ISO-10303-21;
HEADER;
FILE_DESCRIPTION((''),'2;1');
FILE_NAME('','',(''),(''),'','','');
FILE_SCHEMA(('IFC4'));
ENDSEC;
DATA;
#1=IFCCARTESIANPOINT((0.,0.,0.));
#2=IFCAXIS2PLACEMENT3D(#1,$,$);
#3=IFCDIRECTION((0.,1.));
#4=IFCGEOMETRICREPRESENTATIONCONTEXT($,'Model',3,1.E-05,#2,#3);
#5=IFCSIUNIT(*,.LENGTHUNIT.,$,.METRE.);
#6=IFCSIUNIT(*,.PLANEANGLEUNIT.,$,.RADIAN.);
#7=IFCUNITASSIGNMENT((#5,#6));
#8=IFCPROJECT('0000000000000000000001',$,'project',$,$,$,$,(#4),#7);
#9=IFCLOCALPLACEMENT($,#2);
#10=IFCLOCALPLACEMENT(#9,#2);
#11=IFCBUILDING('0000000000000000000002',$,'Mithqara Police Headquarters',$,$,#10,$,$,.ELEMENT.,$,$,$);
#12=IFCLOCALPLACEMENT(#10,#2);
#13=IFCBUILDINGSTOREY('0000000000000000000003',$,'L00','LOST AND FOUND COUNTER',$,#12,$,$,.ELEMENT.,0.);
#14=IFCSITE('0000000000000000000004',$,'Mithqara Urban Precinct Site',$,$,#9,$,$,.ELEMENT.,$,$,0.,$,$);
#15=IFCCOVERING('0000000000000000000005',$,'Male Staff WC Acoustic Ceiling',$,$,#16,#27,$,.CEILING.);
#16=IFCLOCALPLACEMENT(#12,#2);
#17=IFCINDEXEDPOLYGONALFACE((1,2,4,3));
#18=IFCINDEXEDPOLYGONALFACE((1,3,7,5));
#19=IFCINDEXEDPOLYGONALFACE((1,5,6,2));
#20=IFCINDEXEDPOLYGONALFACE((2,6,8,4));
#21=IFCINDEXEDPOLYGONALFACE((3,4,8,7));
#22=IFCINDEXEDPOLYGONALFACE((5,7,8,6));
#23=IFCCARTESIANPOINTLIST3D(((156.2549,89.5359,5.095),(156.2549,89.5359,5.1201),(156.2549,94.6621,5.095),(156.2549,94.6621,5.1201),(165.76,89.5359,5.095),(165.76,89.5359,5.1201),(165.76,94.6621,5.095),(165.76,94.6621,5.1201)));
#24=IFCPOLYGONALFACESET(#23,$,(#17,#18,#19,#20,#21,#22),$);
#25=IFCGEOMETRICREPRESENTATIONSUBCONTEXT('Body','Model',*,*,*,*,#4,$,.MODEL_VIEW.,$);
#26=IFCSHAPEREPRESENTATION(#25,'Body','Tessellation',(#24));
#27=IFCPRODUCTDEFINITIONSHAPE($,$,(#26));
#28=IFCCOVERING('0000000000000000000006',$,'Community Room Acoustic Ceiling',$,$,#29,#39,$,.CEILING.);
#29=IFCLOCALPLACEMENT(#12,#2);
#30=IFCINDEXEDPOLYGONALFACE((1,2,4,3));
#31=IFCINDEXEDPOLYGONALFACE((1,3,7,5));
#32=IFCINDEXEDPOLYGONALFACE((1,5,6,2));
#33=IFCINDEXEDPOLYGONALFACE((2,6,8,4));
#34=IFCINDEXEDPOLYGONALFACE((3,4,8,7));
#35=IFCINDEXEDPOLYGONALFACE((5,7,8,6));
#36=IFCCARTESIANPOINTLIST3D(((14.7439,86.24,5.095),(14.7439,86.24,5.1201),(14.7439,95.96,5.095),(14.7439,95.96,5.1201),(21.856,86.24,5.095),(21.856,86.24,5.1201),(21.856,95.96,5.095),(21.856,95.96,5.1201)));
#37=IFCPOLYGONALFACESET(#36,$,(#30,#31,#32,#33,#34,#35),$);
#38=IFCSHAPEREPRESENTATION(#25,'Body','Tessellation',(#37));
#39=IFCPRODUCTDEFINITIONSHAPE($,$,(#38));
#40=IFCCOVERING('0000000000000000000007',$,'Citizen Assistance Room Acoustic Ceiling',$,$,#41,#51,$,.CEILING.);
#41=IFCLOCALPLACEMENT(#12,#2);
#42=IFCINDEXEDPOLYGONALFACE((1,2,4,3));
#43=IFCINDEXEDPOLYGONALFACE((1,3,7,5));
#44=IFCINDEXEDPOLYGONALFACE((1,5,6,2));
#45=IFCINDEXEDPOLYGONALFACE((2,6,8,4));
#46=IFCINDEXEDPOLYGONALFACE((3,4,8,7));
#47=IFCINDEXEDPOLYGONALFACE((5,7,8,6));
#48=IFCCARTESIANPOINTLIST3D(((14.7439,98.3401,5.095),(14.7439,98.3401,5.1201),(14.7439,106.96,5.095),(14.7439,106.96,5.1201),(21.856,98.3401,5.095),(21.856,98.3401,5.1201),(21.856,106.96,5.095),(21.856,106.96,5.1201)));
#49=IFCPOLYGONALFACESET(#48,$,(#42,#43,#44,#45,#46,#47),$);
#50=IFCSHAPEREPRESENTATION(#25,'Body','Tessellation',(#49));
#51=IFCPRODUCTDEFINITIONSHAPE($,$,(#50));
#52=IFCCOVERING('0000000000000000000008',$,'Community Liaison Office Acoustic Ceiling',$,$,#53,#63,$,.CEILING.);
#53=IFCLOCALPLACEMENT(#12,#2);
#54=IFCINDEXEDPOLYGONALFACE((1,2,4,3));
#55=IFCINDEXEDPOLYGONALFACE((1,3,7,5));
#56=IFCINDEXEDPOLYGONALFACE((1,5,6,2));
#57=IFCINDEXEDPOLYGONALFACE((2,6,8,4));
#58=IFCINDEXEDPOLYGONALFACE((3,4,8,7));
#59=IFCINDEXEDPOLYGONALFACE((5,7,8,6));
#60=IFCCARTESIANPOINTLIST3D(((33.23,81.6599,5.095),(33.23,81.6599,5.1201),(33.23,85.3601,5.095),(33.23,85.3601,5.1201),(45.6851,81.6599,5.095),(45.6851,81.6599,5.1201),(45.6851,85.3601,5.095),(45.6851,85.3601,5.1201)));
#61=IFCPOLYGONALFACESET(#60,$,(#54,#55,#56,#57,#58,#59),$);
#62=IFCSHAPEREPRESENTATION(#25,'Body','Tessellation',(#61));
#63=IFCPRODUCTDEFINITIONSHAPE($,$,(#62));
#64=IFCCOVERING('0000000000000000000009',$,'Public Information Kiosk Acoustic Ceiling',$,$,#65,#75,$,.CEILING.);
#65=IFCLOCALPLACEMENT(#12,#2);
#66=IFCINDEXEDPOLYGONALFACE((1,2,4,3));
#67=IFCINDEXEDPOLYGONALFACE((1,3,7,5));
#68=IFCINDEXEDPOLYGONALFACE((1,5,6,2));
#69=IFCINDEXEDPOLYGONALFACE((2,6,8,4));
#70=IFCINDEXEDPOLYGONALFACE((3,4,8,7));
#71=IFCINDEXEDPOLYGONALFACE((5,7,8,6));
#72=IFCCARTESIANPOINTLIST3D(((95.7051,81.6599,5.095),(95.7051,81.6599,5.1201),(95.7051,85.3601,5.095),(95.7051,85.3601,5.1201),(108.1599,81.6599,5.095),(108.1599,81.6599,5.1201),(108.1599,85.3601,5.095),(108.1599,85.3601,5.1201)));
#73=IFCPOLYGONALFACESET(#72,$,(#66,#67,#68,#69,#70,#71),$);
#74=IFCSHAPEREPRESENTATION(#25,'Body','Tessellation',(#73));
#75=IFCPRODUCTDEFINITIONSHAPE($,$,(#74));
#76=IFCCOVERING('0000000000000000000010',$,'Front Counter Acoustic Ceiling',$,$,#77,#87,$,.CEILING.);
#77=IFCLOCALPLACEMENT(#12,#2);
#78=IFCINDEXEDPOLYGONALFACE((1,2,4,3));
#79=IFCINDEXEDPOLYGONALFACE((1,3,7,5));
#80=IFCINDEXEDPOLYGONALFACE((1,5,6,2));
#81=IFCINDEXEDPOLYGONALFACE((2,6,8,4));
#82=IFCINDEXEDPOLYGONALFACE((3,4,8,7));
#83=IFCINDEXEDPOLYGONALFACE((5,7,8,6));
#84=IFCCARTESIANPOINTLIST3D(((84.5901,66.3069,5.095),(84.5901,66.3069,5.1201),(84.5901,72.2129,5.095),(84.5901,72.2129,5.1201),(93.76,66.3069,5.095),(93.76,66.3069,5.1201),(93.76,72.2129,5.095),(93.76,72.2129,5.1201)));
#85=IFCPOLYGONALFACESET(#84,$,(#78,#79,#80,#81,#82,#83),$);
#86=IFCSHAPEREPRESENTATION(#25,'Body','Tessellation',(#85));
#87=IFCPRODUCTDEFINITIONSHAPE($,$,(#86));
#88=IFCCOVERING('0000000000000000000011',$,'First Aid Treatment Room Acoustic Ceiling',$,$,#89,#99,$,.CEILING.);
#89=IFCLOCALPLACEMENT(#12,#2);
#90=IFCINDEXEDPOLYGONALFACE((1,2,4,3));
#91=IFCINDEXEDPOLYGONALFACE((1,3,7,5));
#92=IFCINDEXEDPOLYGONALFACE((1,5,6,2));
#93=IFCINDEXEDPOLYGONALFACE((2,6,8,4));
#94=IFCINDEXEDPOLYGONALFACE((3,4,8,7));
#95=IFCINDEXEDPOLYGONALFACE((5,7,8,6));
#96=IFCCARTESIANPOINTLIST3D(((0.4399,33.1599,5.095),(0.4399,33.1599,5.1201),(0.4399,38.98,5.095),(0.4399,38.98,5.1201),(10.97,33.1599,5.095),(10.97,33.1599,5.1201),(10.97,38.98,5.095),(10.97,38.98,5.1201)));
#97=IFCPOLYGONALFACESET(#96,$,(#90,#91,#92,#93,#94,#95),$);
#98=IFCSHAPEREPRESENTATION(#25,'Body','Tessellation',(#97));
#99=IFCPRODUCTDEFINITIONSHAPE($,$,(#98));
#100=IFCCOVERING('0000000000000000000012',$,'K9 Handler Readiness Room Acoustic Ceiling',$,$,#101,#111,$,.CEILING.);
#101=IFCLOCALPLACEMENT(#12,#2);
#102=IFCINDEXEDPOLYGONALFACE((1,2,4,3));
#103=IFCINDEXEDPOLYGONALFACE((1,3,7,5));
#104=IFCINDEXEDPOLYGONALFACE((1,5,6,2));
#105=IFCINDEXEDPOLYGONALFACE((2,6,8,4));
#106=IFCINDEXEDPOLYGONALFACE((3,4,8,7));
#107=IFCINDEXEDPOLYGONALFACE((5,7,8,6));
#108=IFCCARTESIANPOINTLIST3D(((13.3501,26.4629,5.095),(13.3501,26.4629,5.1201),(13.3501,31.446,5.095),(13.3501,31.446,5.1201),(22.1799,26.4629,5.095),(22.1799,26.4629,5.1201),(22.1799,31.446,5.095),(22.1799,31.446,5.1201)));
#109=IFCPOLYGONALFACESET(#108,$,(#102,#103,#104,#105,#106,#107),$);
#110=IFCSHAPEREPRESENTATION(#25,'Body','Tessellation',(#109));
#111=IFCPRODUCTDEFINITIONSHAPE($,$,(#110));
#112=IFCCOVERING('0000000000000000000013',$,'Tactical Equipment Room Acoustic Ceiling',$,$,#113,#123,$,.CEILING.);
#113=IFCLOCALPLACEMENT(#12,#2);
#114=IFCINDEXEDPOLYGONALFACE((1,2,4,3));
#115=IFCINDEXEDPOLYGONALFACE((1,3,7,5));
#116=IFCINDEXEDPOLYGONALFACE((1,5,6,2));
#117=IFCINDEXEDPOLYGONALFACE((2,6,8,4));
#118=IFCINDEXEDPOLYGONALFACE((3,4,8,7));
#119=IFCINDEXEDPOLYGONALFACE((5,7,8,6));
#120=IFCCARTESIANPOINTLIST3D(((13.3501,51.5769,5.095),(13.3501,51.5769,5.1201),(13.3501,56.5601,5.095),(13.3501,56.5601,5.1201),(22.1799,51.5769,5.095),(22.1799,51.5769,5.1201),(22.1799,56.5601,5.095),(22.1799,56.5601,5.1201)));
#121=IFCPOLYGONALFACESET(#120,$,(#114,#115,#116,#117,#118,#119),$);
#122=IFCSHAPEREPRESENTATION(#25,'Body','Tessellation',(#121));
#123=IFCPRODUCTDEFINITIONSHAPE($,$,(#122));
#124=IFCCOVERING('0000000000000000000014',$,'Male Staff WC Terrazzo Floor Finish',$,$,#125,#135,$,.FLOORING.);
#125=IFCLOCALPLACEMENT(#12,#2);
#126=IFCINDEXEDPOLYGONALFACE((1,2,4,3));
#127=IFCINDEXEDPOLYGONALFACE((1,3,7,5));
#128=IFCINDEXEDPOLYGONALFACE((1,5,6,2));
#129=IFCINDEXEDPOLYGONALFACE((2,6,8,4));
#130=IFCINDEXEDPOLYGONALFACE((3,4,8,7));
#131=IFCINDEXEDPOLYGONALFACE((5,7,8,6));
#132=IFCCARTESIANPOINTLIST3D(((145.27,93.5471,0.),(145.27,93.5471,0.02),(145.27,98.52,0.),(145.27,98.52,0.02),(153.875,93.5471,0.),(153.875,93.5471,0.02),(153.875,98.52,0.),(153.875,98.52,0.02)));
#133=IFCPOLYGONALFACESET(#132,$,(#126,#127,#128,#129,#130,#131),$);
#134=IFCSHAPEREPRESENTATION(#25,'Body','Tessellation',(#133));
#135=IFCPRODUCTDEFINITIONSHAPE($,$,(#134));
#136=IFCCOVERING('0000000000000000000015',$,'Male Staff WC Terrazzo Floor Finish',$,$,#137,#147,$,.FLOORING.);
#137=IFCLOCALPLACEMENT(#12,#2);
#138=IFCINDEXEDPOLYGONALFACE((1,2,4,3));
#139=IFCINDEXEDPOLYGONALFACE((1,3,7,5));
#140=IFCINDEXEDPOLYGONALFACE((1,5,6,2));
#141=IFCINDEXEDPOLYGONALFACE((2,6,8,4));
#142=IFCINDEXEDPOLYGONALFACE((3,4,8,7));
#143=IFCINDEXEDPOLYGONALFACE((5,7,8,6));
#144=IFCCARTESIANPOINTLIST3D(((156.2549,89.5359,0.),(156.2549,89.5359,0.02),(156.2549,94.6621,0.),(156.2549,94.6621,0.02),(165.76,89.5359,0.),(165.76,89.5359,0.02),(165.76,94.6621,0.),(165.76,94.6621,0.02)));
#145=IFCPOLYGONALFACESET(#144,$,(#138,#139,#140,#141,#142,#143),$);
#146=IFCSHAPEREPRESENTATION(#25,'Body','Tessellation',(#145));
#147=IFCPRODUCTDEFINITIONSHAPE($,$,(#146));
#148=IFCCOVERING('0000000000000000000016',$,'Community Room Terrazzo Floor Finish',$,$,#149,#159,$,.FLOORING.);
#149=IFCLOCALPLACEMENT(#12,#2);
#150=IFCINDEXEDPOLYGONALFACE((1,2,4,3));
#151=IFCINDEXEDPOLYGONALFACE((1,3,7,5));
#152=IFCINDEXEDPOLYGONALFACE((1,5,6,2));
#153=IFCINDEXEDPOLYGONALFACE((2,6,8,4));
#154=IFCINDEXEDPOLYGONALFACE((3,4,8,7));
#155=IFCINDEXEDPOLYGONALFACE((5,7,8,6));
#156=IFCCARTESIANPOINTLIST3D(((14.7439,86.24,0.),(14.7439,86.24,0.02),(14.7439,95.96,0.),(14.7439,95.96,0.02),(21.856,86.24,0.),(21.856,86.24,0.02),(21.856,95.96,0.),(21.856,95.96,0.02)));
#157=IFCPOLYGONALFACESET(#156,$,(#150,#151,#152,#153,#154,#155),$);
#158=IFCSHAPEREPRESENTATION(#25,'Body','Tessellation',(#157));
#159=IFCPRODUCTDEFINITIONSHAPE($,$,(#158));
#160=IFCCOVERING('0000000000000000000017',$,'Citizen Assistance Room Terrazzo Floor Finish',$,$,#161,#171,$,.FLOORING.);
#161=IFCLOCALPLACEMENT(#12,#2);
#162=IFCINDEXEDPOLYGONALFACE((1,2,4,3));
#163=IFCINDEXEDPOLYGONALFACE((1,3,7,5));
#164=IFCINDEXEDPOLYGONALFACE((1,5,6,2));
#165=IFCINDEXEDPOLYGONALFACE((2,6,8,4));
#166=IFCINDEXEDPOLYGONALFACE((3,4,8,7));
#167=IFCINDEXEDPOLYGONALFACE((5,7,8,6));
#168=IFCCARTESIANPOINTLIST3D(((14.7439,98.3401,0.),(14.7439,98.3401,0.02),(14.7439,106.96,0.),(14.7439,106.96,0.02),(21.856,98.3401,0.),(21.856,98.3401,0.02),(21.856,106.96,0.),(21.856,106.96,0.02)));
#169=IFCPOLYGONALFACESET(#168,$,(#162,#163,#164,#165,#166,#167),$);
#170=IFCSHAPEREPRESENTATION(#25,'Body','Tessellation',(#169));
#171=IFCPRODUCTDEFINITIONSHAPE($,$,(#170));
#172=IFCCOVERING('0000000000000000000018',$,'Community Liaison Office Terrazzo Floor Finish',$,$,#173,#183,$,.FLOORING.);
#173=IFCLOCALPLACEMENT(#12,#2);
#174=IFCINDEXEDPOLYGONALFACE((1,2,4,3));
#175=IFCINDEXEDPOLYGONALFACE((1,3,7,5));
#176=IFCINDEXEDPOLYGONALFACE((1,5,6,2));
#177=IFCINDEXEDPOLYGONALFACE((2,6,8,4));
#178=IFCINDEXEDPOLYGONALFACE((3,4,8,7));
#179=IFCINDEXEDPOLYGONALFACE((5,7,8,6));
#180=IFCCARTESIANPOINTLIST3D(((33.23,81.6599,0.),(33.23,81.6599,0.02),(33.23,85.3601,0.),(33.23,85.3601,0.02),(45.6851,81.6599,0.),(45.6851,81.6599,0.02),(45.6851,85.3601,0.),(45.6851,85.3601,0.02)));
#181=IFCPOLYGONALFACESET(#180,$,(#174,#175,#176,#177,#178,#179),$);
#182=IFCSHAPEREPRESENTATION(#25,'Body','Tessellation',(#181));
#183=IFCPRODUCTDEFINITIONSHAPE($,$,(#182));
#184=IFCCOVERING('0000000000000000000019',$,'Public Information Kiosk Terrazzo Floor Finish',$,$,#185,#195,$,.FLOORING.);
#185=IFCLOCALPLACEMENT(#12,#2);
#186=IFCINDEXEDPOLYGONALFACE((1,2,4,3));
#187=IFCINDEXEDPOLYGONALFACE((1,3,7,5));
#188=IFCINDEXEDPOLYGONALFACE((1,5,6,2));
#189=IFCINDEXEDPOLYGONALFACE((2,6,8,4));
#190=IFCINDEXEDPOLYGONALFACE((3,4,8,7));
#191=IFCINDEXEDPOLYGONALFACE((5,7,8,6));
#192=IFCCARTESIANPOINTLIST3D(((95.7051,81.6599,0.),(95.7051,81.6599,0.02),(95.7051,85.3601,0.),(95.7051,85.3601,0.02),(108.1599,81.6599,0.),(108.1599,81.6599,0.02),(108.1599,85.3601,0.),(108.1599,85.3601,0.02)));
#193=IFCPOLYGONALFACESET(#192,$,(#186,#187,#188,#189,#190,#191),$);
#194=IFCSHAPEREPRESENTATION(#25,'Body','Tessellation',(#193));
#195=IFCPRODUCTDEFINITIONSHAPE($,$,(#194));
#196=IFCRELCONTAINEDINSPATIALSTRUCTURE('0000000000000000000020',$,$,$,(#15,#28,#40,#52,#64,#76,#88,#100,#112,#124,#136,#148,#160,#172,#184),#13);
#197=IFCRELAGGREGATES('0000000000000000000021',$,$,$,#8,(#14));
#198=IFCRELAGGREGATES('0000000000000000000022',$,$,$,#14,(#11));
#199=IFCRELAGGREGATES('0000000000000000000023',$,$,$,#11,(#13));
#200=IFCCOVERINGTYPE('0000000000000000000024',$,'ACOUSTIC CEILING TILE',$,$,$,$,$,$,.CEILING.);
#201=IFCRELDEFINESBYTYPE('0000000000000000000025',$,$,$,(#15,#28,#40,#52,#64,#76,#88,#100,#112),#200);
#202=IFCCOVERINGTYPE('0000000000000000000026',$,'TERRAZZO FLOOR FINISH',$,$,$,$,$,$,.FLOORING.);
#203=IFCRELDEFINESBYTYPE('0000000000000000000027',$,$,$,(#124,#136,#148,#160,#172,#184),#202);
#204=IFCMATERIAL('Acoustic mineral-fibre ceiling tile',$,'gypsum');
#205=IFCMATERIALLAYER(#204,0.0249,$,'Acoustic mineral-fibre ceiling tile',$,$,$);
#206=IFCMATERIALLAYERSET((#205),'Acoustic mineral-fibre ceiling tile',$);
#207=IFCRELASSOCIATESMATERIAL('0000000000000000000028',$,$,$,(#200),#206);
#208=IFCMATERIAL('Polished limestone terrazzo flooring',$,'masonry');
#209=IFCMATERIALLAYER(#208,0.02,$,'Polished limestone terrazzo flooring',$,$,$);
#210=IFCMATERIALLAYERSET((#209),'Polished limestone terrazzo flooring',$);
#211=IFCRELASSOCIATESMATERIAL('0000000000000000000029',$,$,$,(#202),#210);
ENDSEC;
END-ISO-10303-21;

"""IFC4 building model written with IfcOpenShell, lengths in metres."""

from ifc_helpers import new_model, si_unit, direction, frame, origin, place, context, subcontext, project, spatial, polyline, outline, extrude, material, layer, layer_set, type_object, element, save


model = new_model("IFC4")

# Units and contexts
model_context = context("Model", 3, precision=1e-05, world=origin(), true_north=direction((0.0, 1.0)))
body_context = subcontext(model_context, "Body", "Model", "MODEL_VIEW")
ifc_project = project(units=[si_unit("LENGTHUNIT", "METRE"), si_unit("PLANEANGLEUNIT", "RADIAN")], contexts=[model_context])

# Site, building, storey
site_placement = place(None, origin())
site = spatial("IfcSite", under=ifc_project, at=site_placement, Name="Mithqara Urban Precinct Site", CompositionType="ELEMENT", RefElevation=0.0)
building_placement = place(site_placement, origin())
building = spatial("IfcBuilding", under=site, at=building_placement, Name="Mithqara Police Headquarters", CompositionType="ELEMENT")
storey_placement = place(building_placement, origin())
storey = spatial("IfcBuildingStorey", under=building, at=storey_placement, Name="L00", Description="LOST AND FOUND COUNTER", CompositionType="ELEMENT", Elevation=0.0)

# Coverings
ifc_material_1 = material(Name="Acoustic mineral-fibre ceiling tile", Category="gypsum")
ifc_layer_1 = layer(ifc_material_1, 0.0249, Name="Acoustic mineral-fibre ceiling tile")
ifc_layer_set_1 = layer_set([ifc_layer_1], Name="Acoustic mineral-fibre ceiling tile")
covering_type_1 = type_object("IfcCoveringType", Name="ACOUSTIC CEILING TILE", PredefinedType="CEILING", material=ifc_layer_set_1)
covering_1_placement = place(storey_placement, frame((0.0, 0.0, 5.095)))
element("IfcCovering", 1, at=covering_1_placement, inside=storey, type_object=covering_type_1, Name="Male Staff WC Acoustic Ceiling", PredefinedType="CEILING", context=body_context, shape_type="SweptSolid", body=[
    extrude(outline(polyline([(156.2549, 89.5359), (165.76, 89.5359), (165.76, 94.6621), (156.2549, 94.6621), (156.2549, 89.5359)])), origin(), (0.0, 0.0, 1.0), 0.0251),
])
covering_2_placement = place(storey_placement, frame((0.0, 0.0, 5.095)))
element("IfcCovering", 2, at=covering_2_placement, inside=storey, type_object=covering_type_1, Name="Community Room Acoustic Ceiling", PredefinedType="CEILING", context=body_context, shape_type="SweptSolid", body=[
    extrude(outline(polyline([(14.7439, 86.24), (21.856, 86.24), (21.856, 95.96), (14.7439, 95.96), (14.7439, 86.24)])), origin(), (0.0, 0.0, 1.0), 0.0251),
])
covering_3_placement = place(storey_placement, frame((0.0, 0.0, 5.095)))
element("IfcCovering", 3, at=covering_3_placement, inside=storey, type_object=covering_type_1, Name="Citizen Assistance Room Acoustic Ceiling", PredefinedType="CEILING", context=body_context, shape_type="SweptSolid", body=[
    extrude(outline(polyline([(14.7439, 98.3401), (21.856, 98.3401), (21.856, 106.96), (14.7439, 106.96), (14.7439, 98.3401)])), origin(), (0.0, 0.0, 1.0), 0.0251),
])
covering_4_placement = place(storey_placement, frame((0.0, 0.0, 5.095)))
element("IfcCovering", 4, at=covering_4_placement, inside=storey, type_object=covering_type_1, Name="Community Liaison Office Acoustic Ceiling", PredefinedType="CEILING", context=body_context, shape_type="SweptSolid", body=[
    extrude(outline(polyline([(33.23, 81.6599), (45.6851, 81.6599), (45.6851, 85.3601), (33.23, 85.3601), (33.23, 81.6599)])), origin(), (0.0, 0.0, 1.0), 0.0251),
])
covering_5_placement = place(storey_placement, frame((0.0, 0.0, 5.095)))
element("IfcCovering", 5, at=covering_5_placement, inside=storey, type_object=covering_type_1, Name="Public Information Kiosk Acoustic Ceiling", PredefinedType="CEILING", context=body_context, shape_type="SweptSolid", body=[
    extrude(outline(polyline([(95.7051, 81.6599), (108.1599, 81.6599), (108.1599, 85.3601), (95.7051, 85.3601), (95.7051, 81.6599)])), origin(), (0.0, 0.0, 1.0), 0.0251),
])
covering_6_placement = place(storey_placement, frame((0.0, 0.0, 5.095)))
element("IfcCovering", 6, at=covering_6_placement, inside=storey, type_object=covering_type_1, Name="Front Counter Acoustic Ceiling", PredefinedType="CEILING", context=body_context, shape_type="SweptSolid", body=[
    extrude(outline(polyline([(84.5901, 66.3069), (93.76, 66.3069), (93.76, 72.2129), (84.5901, 72.2129), (84.5901, 66.3069)])), origin(), (0.0, 0.0, 1.0), 0.0251),
])
covering_7_placement = place(storey_placement, frame((0.0, 0.0, 5.095)))
element("IfcCovering", 7, at=covering_7_placement, inside=storey, type_object=covering_type_1, Name="First Aid Treatment Room Acoustic Ceiling", PredefinedType="CEILING", context=body_context, shape_type="SweptSolid", body=[
    extrude(outline(polyline([(0.4399, 33.1599), (10.97, 33.1599), (10.97, 38.98), (0.4399, 38.98), (0.4399, 33.1599)])), origin(), (0.0, 0.0, 1.0), 0.0251),
])
covering_8_placement = place(storey_placement, frame((0.0, 0.0, 5.095)))
element("IfcCovering", 8, at=covering_8_placement, inside=storey, type_object=covering_type_1, Name="K9 Handler Readiness Room Acoustic Ceiling", PredefinedType="CEILING", context=body_context, shape_type="SweptSolid", body=[
    extrude(outline(polyline([(13.3501, 26.4629), (22.1799, 26.4629), (22.1799, 31.446), (13.3501, 31.446), (13.3501, 26.4629)])), origin(), (0.0, 0.0, 1.0), 0.0251),
])
covering_9_placement = place(storey_placement, frame((0.0, 0.0, 5.095)))
element("IfcCovering", 9, at=covering_9_placement, inside=storey, type_object=covering_type_1, Name="Tactical Equipment Room Acoustic Ceiling", PredefinedType="CEILING", context=body_context, shape_type="SweptSolid", body=[
    extrude(outline(polyline([(13.3501, 51.5769), (22.1799, 51.5769), (22.1799, 56.5601), (13.3501, 56.5601), (13.3501, 51.5769)])), origin(), (0.0, 0.0, 1.0), 0.0251),
])
ifc_material_2 = material(Name="Polished limestone terrazzo flooring", Category="masonry")
ifc_layer_2 = layer(ifc_material_2, 0.02, Name="Polished limestone terrazzo flooring")
ifc_layer_set_2 = layer_set([ifc_layer_2], Name="Polished limestone terrazzo flooring")
covering_type_2 = type_object("IfcCoveringType", Name="TERRAZZO FLOOR FINISH", PredefinedType="FLOORING", material=ifc_layer_set_2)
covering_10_placement = place(storey_placement, origin())
element("IfcCovering", 10, at=covering_10_placement, inside=storey, type_object=covering_type_2, Name="Male Staff WC Terrazzo Floor Finish", PredefinedType="FLOORING", context=body_context, shape_type="SweptSolid", body=[
    extrude(outline(polyline([(145.27, 93.5471), (153.875, 93.5471), (153.875, 98.52), (145.27, 98.52), (145.27, 93.5471)])), origin(), (0.0, 0.0, 1.0), 0.02),
])
covering_11_placement = place(storey_placement, origin())
element("IfcCovering", 11, at=covering_11_placement, inside=storey, type_object=covering_type_2, Name="Male Staff WC Terrazzo Floor Finish", PredefinedType="FLOORING", context=body_context, shape_type="SweptSolid", body=[
    extrude(outline(polyline([(156.2549, 89.5359), (165.76, 89.5359), (165.76, 94.6621), (156.2549, 94.6621), (156.2549, 89.5359)])), origin(), (0.0, 0.0, 1.0), 0.02),
])
covering_12_placement = place(storey_placement, origin())
element("IfcCovering", 12, at=covering_12_placement, inside=storey, type_object=covering_type_2, Name="Community Room Terrazzo Floor Finish", PredefinedType="FLOORING", context=body_context, shape_type="SweptSolid", body=[
    extrude(outline(polyline([(14.7439, 86.24), (21.856, 86.24), (21.856, 95.96), (14.7439, 95.96), (14.7439, 86.24)])), origin(), (0.0, 0.0, 1.0), 0.02),
])
covering_13_placement = place(storey_placement, origin())
element("IfcCovering", 13, at=covering_13_placement, inside=storey, type_object=covering_type_2, Name="Citizen Assistance Room Terrazzo Floor Finish", PredefinedType="FLOORING", context=body_context, shape_type="SweptSolid", body=[
    extrude(outline(polyline([(14.7439, 98.3401), (21.856, 98.3401), (21.856, 106.96), (14.7439, 106.96), (14.7439, 98.3401)])), origin(), (0.0, 0.0, 1.0), 0.02),
])
covering_14_placement = place(storey_placement, origin())
element("IfcCovering", 14, at=covering_14_placement, inside=storey, type_object=covering_type_2, Name="Community Liaison Office Terrazzo Floor Finish", PredefinedType="FLOORING", context=body_context, shape_type="SweptSolid", body=[
    extrude(outline(polyline([(33.23, 81.6599), (45.6851, 81.6599), (45.6851, 85.3601), (33.23, 85.3601), (33.23, 81.6599)])), origin(), (0.0, 0.0, 1.0), 0.02),
])
covering_15_placement = place(storey_placement, origin())
element("IfcCovering", 15, at=covering_15_placement, inside=storey, type_object=covering_type_2, Name="Public Information Kiosk Terrazzo Floor Finish", PredefinedType="FLOORING", context=body_context, shape_type="SweptSolid", body=[
    extrude(outline(polyline([(95.7051, 81.6599), (108.1599, 81.6599), (108.1599, 85.3601), (95.7051, 85.3601), (95.7051, 81.6599)])), origin(), (0.0, 0.0, 1.0), 0.02),
])

save(model, "model.ifc")
